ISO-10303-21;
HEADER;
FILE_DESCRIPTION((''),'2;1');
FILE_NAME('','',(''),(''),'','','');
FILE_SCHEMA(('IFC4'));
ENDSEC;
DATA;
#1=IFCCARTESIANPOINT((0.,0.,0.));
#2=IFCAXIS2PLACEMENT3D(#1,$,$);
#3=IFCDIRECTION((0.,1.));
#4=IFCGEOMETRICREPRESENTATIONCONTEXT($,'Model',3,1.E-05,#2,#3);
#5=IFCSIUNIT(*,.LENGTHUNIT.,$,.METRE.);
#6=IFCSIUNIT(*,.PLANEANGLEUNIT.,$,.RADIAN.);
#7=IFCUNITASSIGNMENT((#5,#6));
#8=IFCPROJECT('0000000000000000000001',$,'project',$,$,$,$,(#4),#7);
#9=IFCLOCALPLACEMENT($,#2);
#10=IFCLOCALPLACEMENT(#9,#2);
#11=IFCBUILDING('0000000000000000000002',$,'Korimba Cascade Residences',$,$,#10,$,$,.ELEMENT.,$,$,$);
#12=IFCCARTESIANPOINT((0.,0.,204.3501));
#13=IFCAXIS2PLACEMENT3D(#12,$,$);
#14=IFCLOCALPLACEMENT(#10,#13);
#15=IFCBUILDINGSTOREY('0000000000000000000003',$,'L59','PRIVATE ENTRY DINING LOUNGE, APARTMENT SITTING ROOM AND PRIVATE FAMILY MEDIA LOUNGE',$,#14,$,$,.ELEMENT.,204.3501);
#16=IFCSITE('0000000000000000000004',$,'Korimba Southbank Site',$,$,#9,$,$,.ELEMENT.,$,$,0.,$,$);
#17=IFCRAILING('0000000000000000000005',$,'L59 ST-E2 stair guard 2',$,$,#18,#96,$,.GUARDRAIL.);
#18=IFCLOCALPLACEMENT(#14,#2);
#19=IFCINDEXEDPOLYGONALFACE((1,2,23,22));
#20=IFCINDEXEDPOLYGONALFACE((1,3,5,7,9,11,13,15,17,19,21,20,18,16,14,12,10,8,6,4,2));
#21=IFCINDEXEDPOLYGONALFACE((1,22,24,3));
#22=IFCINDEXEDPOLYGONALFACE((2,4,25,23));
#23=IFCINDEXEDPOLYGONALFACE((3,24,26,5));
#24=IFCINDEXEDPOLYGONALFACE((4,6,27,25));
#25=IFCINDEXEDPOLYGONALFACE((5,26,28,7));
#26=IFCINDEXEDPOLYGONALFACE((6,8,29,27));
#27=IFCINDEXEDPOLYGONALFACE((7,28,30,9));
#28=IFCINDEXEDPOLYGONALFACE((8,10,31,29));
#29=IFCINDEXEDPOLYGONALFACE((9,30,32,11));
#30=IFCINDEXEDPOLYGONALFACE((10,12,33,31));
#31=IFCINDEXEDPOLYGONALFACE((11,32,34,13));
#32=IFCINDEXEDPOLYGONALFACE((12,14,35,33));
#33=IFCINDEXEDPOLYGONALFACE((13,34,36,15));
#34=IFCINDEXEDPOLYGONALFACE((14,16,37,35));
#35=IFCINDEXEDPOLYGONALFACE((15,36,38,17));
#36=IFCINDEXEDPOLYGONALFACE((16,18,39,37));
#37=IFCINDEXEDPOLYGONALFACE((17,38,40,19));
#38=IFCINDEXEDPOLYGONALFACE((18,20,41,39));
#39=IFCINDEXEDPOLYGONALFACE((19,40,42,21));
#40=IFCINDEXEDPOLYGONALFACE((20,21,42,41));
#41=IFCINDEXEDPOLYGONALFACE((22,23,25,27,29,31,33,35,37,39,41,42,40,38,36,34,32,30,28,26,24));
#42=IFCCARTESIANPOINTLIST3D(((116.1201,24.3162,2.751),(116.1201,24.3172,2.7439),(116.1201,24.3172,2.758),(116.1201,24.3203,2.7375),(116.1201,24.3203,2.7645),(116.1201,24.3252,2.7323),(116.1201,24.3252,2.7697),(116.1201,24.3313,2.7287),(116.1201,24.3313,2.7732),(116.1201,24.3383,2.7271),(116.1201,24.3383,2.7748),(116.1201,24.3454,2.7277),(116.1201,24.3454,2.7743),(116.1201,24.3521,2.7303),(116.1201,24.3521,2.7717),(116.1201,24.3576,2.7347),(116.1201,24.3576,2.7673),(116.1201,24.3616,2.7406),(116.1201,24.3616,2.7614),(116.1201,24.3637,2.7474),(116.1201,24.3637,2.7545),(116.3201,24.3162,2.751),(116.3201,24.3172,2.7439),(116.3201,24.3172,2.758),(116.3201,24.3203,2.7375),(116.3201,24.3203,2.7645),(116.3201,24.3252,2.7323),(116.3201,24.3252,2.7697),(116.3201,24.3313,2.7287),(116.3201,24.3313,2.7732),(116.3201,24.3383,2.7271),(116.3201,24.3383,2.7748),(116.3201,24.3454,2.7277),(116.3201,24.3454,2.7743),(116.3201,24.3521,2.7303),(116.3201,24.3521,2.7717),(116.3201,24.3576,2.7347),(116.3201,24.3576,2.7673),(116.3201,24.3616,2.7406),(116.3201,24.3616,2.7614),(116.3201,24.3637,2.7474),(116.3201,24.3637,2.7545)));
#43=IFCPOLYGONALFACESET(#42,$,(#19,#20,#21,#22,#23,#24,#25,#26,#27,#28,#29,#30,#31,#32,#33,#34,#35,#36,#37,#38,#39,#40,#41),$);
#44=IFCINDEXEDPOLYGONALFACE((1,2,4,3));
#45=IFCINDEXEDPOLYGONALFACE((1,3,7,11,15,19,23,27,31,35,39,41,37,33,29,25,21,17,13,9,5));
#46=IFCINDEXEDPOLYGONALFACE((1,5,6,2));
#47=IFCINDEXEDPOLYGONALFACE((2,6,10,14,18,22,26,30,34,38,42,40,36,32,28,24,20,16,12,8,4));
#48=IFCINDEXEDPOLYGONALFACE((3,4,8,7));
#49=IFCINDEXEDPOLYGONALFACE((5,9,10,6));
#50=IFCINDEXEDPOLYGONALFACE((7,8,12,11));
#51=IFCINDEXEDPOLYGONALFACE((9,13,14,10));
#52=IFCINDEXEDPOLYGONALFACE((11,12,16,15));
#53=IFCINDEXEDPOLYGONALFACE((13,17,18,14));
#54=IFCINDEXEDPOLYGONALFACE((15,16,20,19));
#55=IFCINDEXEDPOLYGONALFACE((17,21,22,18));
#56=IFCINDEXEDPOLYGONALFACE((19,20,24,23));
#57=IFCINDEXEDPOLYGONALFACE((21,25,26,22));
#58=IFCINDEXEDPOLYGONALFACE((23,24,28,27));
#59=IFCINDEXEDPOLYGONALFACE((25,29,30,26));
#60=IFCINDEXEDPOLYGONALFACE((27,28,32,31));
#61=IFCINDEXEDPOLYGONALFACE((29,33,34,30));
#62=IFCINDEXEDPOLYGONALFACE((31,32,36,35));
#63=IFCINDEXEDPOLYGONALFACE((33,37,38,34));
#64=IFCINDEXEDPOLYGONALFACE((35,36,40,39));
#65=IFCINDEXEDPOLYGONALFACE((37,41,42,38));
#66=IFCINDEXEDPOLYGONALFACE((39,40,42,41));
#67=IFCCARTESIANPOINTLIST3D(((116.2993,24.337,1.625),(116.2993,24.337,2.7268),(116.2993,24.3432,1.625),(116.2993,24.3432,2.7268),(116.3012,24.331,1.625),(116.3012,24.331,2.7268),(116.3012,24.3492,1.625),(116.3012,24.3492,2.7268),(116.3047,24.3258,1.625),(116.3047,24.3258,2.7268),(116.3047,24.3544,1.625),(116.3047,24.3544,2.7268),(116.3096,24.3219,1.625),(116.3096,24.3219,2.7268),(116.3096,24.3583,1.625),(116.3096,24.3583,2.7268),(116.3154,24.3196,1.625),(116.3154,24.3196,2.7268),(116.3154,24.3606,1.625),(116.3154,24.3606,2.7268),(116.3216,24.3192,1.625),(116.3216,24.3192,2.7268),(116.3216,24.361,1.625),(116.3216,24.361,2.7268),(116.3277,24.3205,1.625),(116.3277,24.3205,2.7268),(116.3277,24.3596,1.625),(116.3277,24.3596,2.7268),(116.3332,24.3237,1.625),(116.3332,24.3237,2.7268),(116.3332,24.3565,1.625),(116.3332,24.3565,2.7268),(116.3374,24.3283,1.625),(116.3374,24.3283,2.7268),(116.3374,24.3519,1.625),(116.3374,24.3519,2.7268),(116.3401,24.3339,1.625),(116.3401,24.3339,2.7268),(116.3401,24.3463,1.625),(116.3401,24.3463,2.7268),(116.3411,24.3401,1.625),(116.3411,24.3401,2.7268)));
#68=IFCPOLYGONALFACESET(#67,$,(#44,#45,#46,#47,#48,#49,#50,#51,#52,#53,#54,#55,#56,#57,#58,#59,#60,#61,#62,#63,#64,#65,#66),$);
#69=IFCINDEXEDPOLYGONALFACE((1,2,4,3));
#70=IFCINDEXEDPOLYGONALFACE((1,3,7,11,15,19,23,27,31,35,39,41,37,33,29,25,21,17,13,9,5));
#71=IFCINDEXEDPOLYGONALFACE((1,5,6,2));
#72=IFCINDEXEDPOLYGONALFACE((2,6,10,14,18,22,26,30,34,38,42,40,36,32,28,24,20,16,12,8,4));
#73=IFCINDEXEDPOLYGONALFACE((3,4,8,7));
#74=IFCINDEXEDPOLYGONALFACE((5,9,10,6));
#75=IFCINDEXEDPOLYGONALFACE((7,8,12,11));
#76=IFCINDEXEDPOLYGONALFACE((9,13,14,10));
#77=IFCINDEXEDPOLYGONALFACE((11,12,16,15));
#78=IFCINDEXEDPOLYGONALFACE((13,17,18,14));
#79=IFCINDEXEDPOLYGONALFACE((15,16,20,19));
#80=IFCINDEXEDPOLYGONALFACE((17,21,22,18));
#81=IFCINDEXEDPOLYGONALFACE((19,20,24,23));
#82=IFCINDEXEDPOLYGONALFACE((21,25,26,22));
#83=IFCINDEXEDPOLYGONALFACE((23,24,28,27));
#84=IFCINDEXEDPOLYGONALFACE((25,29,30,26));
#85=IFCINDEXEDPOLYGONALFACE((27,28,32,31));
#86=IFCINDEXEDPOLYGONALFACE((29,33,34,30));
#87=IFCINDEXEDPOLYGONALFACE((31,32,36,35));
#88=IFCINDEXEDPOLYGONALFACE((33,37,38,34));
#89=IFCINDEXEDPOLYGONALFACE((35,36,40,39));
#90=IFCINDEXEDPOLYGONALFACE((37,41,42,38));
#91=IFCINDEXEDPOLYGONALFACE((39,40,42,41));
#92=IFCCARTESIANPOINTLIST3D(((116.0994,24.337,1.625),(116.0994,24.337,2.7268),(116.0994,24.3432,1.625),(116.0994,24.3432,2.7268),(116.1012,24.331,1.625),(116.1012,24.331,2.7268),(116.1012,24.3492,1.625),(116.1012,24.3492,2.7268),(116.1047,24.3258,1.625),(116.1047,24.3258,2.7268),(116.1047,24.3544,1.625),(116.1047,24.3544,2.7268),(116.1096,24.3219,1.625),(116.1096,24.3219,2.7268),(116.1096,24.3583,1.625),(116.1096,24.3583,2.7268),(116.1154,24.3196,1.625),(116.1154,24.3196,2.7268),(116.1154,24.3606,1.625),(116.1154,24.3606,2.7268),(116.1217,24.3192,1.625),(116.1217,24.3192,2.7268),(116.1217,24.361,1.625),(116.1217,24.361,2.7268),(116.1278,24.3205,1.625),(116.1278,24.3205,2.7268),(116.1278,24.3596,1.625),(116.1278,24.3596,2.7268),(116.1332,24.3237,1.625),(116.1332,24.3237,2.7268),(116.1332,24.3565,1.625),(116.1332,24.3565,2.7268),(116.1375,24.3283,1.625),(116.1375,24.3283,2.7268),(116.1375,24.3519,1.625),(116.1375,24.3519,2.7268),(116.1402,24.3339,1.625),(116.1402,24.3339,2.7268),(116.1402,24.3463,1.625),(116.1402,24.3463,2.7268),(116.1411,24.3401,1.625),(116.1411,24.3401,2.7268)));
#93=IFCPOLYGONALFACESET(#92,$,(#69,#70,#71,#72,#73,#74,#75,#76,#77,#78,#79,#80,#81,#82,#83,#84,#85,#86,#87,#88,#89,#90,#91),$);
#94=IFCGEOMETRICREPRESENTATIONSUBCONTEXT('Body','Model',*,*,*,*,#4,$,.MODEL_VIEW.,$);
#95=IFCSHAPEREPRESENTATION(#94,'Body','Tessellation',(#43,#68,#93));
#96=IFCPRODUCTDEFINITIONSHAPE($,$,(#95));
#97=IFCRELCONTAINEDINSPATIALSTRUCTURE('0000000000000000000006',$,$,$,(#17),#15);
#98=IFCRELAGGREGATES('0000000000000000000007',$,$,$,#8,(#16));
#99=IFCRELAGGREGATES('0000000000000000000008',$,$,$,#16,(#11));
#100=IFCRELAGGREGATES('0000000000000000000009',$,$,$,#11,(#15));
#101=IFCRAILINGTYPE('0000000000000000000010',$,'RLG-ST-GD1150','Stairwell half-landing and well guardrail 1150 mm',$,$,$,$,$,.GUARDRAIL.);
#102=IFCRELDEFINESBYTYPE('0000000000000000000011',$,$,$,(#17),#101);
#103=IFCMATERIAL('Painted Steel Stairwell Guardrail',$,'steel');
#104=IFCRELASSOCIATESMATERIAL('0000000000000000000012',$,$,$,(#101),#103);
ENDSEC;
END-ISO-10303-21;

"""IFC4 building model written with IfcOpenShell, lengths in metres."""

from ifc_helpers import new_model, si_unit, direction, frame, origin, origin_2d, place, context, subcontext, project, spatial, circle, extrude, material, type_object, element, save


model = new_model("IFC4")

# Units and contexts
model_context = context("Model", 3, precision=1e-05, world=origin(), true_north=direction((0.0, 1.0)))
body_context = subcontext(model_context, "Body", "Model", "MODEL_VIEW")
ifc_project = project(units=[si_unit("LENGTHUNIT", "METRE"), si_unit("PLANEANGLEUNIT", "RADIAN")], contexts=[model_context])

# Site, building, storey
site_placement = place(None, origin())
site = spatial("IfcSite", under=ifc_project, at=site_placement, Name="Korimba Southbank Site", CompositionType="ELEMENT", RefElevation=0.0)
building_placement = place(site_placement, origin())
building = spatial("IfcBuilding", under=site, at=building_placement, Name="Korimba Cascade Residences", CompositionType="ELEMENT")
storey_placement = place(building_placement, frame((0.0, 0.0, 204.3501)))
storey = spatial("IfcBuildingStorey", under=building, at=storey_placement, Name="L59", Description="PRIVATE ENTRY DINING LOUNGE, APARTMENT SITTING ROOM AND PRIVATE FAMILY MEDIA LOUNGE", CompositionType="ELEMENT", Elevation=204.3501)

# Railing
ifc_material_1 = material(Name="Painted Steel Stairwell Guardrail", Category="steel")
railing_type_1 = type_object("IfcRailingType", Name="RLG-ST-GD1150", Description="Stairwell half-landing and well guardrail 1150 mm", PredefinedType="GUARDRAIL", material=ifc_material_1)
railing_1_placement = place(storey_placement, frame((116.3201, 24.3401, 1.625)))
element("IfcRailing", 1, at=railing_1_placement, inside=storey, type_object=railing_type_1, Name="L59 ST-E2 stair guard 2", PredefinedType="GUARDRAIL", context=body_context, shape_type="SweptSolid", body=[
    extrude(circle(Radius=0.0239, at=origin_2d()), frame((0.0, 0.0, 1.126), z_axis=(-1.0, 0.0, 0.0), x_axis=(0.0, -1.0, 0.0)), (0.0, 0.0, 1.0), 0.2),
    extrude(circle(Radius=0.021, at=origin_2d()), origin(), (0.0, 0.0, 1.0), 1.1018),
    extrude(circle(Radius=0.021, at=origin_2d()), frame((-0.2, 0.0, 0.0)), (0.0, 0.0, 1.0), 1.1018),
])

save(model, "model.ifc")
